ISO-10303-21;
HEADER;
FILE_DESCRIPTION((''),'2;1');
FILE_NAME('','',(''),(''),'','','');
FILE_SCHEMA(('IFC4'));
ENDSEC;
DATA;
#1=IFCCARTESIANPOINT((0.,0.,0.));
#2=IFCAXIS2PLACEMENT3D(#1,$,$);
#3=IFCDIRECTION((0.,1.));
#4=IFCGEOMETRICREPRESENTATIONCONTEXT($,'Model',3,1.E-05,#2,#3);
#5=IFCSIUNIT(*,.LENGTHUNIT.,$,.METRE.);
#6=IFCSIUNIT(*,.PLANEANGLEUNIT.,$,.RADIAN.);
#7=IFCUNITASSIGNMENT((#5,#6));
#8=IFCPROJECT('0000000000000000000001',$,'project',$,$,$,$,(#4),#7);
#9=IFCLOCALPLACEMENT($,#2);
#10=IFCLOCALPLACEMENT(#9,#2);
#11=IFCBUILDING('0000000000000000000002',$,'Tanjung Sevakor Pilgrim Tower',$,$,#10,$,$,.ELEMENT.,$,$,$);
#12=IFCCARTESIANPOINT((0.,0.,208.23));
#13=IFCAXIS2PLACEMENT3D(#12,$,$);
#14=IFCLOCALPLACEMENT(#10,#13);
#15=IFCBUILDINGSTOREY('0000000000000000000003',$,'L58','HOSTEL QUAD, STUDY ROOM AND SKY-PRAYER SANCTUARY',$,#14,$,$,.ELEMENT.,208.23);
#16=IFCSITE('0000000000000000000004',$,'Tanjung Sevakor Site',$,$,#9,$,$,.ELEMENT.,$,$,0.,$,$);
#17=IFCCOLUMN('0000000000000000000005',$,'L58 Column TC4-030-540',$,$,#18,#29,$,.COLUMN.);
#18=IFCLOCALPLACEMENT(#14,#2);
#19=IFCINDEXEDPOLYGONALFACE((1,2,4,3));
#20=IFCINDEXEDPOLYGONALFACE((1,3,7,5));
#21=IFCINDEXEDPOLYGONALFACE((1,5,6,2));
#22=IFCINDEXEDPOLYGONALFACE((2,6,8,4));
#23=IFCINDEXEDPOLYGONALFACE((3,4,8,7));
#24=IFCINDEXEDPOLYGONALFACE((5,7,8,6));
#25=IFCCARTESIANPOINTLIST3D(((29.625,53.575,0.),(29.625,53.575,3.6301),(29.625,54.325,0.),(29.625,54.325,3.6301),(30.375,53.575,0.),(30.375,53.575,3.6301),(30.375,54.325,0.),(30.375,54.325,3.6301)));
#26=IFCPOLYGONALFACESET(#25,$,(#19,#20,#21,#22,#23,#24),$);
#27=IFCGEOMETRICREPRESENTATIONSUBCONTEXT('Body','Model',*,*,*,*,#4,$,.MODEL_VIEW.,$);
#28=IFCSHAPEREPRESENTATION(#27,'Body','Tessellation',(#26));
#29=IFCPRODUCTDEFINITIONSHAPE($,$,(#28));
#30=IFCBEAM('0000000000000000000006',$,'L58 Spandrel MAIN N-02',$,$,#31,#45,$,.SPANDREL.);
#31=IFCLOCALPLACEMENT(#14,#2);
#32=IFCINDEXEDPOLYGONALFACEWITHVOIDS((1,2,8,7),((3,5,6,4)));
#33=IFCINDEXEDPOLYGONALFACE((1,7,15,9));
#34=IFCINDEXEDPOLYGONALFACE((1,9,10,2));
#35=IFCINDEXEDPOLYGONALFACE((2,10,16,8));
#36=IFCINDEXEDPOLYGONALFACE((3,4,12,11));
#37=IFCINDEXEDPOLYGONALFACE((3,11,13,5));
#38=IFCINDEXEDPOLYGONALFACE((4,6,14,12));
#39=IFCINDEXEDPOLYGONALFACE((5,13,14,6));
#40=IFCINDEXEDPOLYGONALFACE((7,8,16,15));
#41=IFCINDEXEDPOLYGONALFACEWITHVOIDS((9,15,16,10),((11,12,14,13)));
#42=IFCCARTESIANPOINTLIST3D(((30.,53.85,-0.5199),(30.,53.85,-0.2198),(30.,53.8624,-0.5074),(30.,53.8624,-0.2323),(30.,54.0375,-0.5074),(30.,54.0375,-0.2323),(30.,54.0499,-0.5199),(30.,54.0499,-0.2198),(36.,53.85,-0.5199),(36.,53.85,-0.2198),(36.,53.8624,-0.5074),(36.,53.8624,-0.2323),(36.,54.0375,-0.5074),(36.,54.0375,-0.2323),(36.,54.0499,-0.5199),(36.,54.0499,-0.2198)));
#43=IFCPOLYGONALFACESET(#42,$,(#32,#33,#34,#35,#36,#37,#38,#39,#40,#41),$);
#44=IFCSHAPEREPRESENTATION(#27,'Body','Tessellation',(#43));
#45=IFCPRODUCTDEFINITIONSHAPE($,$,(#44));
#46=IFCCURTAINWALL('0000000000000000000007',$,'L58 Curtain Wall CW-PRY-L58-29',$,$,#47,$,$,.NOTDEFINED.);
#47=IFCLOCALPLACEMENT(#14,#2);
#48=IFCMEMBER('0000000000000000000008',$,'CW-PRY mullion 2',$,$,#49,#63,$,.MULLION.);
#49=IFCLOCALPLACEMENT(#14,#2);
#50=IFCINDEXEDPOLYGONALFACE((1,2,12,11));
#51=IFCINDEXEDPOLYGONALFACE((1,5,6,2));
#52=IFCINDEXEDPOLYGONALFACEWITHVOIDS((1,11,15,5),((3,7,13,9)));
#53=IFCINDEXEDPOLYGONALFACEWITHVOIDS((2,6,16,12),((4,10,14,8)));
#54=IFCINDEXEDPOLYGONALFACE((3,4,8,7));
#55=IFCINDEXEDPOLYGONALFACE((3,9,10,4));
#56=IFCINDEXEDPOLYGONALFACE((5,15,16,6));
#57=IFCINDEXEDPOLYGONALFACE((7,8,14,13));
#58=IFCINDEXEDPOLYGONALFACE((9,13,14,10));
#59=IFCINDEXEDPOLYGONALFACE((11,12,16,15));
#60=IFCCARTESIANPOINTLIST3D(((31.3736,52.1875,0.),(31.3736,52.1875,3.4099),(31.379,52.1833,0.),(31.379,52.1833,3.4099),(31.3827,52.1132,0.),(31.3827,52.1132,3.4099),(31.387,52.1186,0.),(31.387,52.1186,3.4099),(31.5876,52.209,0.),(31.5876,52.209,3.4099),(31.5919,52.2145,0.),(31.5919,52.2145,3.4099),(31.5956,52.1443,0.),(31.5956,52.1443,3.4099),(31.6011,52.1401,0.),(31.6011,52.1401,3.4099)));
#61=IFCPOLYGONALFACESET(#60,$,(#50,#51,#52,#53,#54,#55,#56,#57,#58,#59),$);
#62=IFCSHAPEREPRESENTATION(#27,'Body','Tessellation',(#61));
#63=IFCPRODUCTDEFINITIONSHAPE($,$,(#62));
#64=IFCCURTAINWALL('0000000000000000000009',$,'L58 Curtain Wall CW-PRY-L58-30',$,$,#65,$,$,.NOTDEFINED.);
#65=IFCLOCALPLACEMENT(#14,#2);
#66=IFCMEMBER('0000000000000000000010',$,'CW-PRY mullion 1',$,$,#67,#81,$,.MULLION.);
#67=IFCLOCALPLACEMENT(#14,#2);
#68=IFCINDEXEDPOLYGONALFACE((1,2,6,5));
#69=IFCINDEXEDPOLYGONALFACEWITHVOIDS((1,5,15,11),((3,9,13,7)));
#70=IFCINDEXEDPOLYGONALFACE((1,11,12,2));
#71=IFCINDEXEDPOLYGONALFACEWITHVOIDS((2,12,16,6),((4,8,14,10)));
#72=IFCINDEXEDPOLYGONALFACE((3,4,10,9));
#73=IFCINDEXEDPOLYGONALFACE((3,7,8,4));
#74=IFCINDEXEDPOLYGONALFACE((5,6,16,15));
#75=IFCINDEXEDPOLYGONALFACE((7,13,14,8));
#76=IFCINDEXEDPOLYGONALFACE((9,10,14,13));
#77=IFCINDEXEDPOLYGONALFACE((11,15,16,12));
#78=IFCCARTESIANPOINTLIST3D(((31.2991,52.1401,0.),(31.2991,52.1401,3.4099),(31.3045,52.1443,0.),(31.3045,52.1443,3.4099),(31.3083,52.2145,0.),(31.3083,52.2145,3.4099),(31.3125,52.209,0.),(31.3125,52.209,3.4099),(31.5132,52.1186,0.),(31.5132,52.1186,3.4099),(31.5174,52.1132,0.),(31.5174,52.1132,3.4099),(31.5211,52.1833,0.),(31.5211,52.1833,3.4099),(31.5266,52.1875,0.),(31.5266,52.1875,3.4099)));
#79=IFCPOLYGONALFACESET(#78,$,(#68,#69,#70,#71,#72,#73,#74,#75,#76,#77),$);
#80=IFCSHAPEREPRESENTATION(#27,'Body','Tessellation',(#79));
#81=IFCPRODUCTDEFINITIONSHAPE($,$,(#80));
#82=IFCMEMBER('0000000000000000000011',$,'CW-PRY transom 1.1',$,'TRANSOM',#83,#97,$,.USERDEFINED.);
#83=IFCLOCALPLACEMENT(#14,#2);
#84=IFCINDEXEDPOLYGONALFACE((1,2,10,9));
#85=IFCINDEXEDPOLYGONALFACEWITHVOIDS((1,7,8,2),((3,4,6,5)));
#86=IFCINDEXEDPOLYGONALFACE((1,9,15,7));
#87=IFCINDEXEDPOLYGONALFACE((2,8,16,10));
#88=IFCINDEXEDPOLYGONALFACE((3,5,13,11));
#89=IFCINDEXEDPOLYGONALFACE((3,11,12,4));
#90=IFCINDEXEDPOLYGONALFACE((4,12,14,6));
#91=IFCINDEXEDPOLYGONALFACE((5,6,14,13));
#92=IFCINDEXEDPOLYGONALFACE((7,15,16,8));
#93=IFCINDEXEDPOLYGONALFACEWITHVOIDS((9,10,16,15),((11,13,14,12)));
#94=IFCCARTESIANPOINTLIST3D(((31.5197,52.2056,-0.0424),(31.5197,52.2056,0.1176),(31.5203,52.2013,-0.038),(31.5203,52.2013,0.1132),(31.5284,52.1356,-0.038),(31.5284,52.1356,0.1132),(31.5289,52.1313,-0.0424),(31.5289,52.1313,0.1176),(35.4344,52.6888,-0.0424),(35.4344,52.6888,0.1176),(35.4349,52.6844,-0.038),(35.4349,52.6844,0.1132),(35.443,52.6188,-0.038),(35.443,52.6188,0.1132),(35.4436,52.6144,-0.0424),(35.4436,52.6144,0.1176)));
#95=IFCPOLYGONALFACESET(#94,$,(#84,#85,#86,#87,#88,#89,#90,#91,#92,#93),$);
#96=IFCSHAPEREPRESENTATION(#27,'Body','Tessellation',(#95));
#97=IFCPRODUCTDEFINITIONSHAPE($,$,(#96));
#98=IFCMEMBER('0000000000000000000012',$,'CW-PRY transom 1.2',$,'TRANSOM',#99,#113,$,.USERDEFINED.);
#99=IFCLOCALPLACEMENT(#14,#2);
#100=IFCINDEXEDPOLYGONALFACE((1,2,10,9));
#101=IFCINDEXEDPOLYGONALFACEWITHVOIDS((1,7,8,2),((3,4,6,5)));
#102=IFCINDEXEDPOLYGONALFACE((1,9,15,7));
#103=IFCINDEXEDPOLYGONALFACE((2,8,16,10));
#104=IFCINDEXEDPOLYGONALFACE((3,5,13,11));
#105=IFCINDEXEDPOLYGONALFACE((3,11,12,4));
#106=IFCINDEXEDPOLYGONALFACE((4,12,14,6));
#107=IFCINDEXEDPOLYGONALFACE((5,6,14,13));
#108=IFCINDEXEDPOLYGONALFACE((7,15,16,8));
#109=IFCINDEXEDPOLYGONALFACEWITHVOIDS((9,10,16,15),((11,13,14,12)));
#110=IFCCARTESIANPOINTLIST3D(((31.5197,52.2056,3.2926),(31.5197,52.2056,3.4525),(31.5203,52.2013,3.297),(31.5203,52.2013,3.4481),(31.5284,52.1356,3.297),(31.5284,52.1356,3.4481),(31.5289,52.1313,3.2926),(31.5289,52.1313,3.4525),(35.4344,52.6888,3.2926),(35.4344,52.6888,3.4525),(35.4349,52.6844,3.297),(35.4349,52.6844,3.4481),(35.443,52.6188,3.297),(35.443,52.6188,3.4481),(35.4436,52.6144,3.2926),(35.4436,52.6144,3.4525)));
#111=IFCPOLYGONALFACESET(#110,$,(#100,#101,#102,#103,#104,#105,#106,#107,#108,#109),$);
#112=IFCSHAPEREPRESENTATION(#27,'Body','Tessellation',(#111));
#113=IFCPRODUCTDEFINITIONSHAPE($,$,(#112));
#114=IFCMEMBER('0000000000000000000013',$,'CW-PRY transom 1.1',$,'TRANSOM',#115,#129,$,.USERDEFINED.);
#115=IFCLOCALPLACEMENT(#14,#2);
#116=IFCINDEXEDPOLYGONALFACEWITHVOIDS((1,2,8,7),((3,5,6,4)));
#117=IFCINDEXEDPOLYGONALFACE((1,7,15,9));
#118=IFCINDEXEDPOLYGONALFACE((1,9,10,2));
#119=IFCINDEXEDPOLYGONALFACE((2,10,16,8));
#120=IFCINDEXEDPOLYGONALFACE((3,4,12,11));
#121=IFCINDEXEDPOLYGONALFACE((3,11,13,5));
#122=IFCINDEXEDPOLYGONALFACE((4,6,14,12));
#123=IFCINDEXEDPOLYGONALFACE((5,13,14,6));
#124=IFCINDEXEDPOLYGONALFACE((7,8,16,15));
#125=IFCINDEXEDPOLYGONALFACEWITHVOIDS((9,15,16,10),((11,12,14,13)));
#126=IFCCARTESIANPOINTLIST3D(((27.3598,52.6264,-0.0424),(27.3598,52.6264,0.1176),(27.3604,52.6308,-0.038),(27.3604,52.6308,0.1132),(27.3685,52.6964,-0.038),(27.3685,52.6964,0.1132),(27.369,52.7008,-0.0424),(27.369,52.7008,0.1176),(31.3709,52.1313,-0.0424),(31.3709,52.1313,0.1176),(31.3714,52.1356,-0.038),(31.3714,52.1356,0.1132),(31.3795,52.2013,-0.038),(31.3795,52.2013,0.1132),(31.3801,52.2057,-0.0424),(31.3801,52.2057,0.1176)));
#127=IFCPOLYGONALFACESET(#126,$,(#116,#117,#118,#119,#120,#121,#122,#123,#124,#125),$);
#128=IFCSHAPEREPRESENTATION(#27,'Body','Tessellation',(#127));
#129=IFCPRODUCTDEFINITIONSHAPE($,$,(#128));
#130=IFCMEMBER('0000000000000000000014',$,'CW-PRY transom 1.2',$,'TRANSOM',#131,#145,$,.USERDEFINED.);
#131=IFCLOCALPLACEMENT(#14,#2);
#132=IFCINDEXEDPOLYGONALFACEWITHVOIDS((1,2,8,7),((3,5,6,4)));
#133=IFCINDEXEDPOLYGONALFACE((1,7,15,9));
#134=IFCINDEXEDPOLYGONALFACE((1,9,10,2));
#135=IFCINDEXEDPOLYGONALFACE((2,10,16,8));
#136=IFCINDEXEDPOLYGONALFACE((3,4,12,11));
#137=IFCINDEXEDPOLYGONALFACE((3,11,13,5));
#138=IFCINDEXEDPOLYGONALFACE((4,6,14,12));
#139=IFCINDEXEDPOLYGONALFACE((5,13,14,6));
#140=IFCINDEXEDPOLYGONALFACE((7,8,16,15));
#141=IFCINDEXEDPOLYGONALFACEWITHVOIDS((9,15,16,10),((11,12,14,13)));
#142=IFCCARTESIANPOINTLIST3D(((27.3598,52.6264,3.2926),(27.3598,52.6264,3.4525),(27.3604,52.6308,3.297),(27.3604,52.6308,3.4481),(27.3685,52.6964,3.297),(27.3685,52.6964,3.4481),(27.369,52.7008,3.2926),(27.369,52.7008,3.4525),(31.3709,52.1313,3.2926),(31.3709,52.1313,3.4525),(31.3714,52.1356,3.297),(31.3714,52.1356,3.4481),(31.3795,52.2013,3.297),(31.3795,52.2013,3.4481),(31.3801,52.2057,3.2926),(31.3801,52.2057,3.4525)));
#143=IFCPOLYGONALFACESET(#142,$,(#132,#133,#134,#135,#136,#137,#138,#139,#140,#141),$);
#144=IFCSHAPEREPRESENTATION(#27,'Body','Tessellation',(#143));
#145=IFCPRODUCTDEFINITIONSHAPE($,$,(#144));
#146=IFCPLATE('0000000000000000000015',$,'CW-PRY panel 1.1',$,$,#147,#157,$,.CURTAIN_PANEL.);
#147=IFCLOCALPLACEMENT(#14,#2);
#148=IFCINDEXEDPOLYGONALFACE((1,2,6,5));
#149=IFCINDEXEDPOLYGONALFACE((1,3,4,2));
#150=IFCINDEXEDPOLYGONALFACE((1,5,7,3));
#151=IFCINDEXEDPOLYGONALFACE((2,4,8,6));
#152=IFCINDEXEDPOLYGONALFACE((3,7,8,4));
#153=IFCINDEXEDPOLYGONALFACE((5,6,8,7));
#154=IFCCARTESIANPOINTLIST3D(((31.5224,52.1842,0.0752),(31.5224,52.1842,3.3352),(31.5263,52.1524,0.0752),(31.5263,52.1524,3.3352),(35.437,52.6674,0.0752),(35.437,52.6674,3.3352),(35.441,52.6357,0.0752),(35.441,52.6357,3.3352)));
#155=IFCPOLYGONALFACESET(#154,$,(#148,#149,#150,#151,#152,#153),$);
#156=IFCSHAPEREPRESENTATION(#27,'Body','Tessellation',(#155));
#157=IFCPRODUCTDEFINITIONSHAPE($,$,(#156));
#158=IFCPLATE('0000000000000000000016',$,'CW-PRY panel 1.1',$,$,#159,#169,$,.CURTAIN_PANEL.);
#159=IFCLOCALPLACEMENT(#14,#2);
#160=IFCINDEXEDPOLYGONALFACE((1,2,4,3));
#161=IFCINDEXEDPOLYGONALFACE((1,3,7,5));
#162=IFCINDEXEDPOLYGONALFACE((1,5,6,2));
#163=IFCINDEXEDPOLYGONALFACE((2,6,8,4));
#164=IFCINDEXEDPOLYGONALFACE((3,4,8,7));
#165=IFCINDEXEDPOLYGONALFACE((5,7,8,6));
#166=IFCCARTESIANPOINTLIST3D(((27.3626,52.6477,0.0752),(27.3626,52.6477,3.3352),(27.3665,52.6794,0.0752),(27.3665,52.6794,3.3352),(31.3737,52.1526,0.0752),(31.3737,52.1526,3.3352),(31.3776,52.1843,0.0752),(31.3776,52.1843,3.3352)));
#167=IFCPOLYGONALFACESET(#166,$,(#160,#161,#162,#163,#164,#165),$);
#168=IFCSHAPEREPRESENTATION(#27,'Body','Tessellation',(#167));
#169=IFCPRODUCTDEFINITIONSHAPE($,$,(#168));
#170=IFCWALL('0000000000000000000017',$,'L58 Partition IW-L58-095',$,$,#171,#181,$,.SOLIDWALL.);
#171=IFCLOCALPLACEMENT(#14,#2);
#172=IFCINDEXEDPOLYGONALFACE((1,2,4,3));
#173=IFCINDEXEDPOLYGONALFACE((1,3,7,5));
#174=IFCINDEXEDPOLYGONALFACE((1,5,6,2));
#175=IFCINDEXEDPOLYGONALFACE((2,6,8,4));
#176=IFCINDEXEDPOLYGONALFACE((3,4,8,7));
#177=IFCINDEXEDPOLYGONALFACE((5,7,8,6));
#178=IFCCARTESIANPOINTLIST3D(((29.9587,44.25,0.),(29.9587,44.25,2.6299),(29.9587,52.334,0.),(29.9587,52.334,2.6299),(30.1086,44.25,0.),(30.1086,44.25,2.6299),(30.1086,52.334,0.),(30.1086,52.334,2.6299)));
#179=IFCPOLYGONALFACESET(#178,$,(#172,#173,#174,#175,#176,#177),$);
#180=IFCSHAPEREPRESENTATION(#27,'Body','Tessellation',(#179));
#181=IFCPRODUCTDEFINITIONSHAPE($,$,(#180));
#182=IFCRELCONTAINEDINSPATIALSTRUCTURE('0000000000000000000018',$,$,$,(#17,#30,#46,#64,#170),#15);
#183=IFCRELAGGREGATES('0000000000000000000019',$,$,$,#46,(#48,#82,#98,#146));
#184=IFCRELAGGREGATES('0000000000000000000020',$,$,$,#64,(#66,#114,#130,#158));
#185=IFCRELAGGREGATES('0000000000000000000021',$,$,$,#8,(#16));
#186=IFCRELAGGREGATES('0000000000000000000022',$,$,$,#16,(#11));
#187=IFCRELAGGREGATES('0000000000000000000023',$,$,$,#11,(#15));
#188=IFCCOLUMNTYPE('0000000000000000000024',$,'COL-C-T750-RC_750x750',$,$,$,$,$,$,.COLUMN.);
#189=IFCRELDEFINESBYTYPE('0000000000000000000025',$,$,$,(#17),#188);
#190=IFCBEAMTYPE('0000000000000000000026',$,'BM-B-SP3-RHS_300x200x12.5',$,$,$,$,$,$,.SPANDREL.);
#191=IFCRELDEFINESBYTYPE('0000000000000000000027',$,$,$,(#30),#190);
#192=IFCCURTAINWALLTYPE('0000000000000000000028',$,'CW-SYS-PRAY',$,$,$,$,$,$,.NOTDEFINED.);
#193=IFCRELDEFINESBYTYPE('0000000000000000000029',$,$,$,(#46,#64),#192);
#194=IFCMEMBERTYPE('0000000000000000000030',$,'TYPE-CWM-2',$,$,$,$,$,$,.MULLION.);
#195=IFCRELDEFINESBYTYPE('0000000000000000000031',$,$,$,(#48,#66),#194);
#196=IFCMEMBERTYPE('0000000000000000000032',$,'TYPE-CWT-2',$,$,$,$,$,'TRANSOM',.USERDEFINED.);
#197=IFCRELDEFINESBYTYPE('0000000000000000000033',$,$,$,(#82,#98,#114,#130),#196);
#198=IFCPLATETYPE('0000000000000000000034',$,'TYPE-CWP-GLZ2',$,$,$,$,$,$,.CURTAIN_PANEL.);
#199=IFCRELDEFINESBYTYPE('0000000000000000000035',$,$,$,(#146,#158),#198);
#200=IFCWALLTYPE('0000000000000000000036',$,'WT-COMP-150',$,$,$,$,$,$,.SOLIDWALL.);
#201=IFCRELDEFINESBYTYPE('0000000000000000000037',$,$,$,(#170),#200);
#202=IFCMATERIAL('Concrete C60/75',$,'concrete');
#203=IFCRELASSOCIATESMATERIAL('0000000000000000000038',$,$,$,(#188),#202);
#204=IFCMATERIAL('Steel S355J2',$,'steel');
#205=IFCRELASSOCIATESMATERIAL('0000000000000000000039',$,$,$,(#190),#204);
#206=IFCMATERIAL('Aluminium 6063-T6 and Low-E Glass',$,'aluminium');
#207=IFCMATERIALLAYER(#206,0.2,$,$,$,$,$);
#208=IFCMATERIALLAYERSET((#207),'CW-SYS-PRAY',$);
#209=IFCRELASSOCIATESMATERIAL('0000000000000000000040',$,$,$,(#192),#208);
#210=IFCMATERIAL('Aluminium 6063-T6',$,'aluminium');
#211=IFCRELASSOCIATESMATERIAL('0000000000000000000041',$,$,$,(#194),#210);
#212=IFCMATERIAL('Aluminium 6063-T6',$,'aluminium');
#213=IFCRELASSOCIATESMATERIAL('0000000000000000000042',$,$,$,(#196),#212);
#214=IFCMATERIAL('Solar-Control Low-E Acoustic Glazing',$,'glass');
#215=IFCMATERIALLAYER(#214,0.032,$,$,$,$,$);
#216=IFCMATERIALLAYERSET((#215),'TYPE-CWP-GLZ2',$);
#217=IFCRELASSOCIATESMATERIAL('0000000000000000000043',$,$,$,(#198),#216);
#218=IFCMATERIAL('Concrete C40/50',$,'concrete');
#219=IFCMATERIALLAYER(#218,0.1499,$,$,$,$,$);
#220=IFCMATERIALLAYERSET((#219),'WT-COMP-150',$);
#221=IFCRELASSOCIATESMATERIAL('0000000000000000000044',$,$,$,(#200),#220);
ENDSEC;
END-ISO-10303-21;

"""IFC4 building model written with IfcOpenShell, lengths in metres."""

from ifc_helpers import new_model, si_unit, direction, frame, frame_2d, origin, origin_2d, place, context, subcontext, project, spatial, rectangle, hollow_rectangle, extrude, material, layer, layer_set, material_profile, profile_set, type_object, element, aggregate, save


model = new_model("IFC4")

# Units and contexts
model_context = context("Model", 3, precision=1e-05, world=origin(), true_north=direction((0.0, 1.0)))
body_context = subcontext(model_context, "Body", "Model", "MODEL_VIEW")
ifc_project = project(units=[si_unit("LENGTHUNIT", "METRE"), si_unit("PLANEANGLEUNIT", "RADIAN")], contexts=[model_context])

# Site, building, storey
site_placement = place(None, origin())
site = spatial("IfcSite", under=ifc_project, at=site_placement, Name="Tanjung Sevakor Site", CompositionType="ELEMENT", RefElevation=0.0)
building_placement = place(site_placement, origin())
building = spatial("IfcBuilding", under=site, at=building_placement, Name="Tanjung Sevakor Pilgrim Tower", CompositionType="ELEMENT")
storey_placement = place(building_placement, frame((0.0, 0.0, 208.23)))
storey = spatial("IfcBuildingStorey", under=building, at=storey_placement, Name="L58", Description="HOSTEL QUAD, STUDY ROOM AND SKY-PRAYER SANCTUARY", CompositionType="ELEMENT", Elevation=208.23)

# Column
ifc_material_1 = material(Name="Concrete C60/75", Category="concrete")
ifc_material_profile_1 = material_profile(ifc_material_1, rectangle(XDim=0.75, YDim=0.75, at=origin_2d()))
ifc_profile_set_1 = profile_set([ifc_material_profile_1], Name="Concrete C60/75")
column_type = type_object("IfcColumnType", Name="COL-C-T750-RC_750x750", PredefinedType="COLUMN", material=ifc_profile_set_1)
column_placement = place(storey_placement, frame((30.0, 53.95, 0.0), z_axis=(0.0, 0.0, 1.0), x_axis=(1.0, 0.0, 0.0)))
element("IfcColumn", 1, at=column_placement, inside=storey, type_object=column_type, Name="L58 Column TC4-030-540", PredefinedType="COLUMN", context=body_context, shape_type="SweptSolid", body=[
    extrude(rectangle(XDim=0.75, YDim=0.75, at=origin_2d()), origin(), (0.0, 0.0, 1.0), 3.6301),
])

# Beam
ifc_material_2 = material(Name="Steel S355J2", Category="steel")
ifc_material_profile_2 = material_profile(ifc_material_2, hollow_rectangle(XDim=0.2, YDim=0.3, WallThickness=0.0125, at=origin_2d()))
ifc_profile_set_2 = profile_set([ifc_material_profile_2], Name="Steel S355J2")
beam_type = type_object("IfcBeamType", Name="BM-B-SP3-RHS_300x200x12.5", PredefinedType="SPANDREL", material=ifc_profile_set_2)
beam_placement = place(storey_placement, frame((30.0, 53.95, -0.3699), z_axis=(1.0, 0.0, 0.0), x_axis=(0.0, 1.0, 0.0)))
element("IfcBeam", 2, at=beam_placement, inside=storey, type_object=beam_type, Name="L58 Spandrel MAIN N-02", PredefinedType="SPANDREL", context=body_context, shape_type="SweptSolid", body=[
    extrude(hollow_rectangle(XDim=0.2, YDim=0.3, WallThickness=0.0125, at=origin_2d()), origin(), (0.0, 0.0, 1.0), 6.0),
])

# Curtain walls, members
ifc_material_3 = material(Name="Aluminium 6063-T6 and Low-E Glass", Category="aluminium")
ifc_layer_1 = layer(ifc_material_3, 0.2)
ifc_layer_set_1 = layer_set([ifc_layer_1], Name="CW-SYS-PRAY")
curtain_wall_type = type_object("IfcCurtainWallType", Name="CW-SYS-PRAY", PredefinedType="NOTDEFINED", material=ifc_layer_set_1)
curtain_wall_1_placement = place(storey_placement, origin())
curtain_wall_1 = element("IfcCurtainWall", 3, at=curtain_wall_1_placement, inside=storey, type_object=curtain_wall_type, Name="L58 Curtain Wall CW-PRY-L58-29", PredefinedType="NOTDEFINED")
ifc_material_4 = material(Name="Aluminium 6063-T6", Category="aluminium")
ifc_material_profile_3 = material_profile(ifc_material_4, hollow_rectangle(XDim=0.075, YDim=0.22, WallThickness=0.0049, at=origin_2d()))
ifc_profile_set_3 = profile_set([ifc_material_profile_3], Name="Aluminium 6063-T6")
member_type_1 = type_object("IfcMemberType", Name="TYPE-CWM-2", PredefinedType="MULLION", material=ifc_profile_set_3)
member_1_placement = place(storey_placement, frame((31.4873, 52.1638, 0.0), z_axis=(0.0, 0.0, 1.0), x_axis=(0.122511, -0.992467, 0.0)))
member_1 = element("IfcMember", 4, at=member_1_placement, type_object=member_type_1, Name="CW-PRY mullion 2", PredefinedType="MULLION", context=body_context, shape_type="SweptSolid", body=[
    extrude(hollow_rectangle(XDim=0.075, YDim=0.22, WallThickness=0.0049, at=origin_2d()), origin(), (0.0, 0.0, 1.0), 3.4099),
])
curtain_wall_2_placement = place(storey_placement, origin())
curtain_wall_2 = element("IfcCurtainWall", 5, at=curtain_wall_2_placement, inside=storey, type_object=curtain_wall_type, Name="L58 Curtain Wall CW-PRY-L58-30", PredefinedType="NOTDEFINED")
member_2_placement = place(storey_placement, frame((31.4128, 52.1638, 0.0), z_axis=(0.0, 0.0, 1.0), x_axis=(-0.122508, -0.992468, 0.0)))
member_2 = element("IfcMember", 6, at=member_2_placement, type_object=member_type_1, Name="CW-PRY mullion 1", PredefinedType="MULLION", context=body_context, shape_type="SweptSolid", body=[
    extrude(hollow_rectangle(XDim=0.075, YDim=0.22, WallThickness=0.0049, at=origin_2d()), origin(), (0.0, 0.0, 1.0), 3.4099),
])

# Members
ifc_material_5 = material(Name="Aluminium 6063-T6", Category="aluminium")
ifc_material_profile_4 = material_profile(ifc_material_5, hollow_rectangle(XDim=0.075, YDim=0.1599, WallThickness=0.0044, at=origin_2d()))
ifc_profile_set_4 = profile_set([ifc_material_profile_4], Name="Aluminium 6063-T6")
member_type_2 = type_object("IfcMemberType", Name="TYPE-CWT-2", ElementType="TRANSOM", PredefinedType="USERDEFINED", material=ifc_profile_set_4)
member_3_placement = place(storey_placement, frame((35.439, 52.6516, 0.0376), z_axis=(-0.992469, -0.122496, 0.0), x_axis=(0.122496, -0.992469, 0.0)))
member_3 = element("IfcMember", 7, at=member_3_placement, type_object=member_type_2, Name="CW-PRY transom 1.1", ObjectType="TRANSOM", PredefinedType="USERDEFINED", context=body_context, shape_type="SweptSolid", body=[
    extrude(hollow_rectangle(XDim=0.075, YDim=0.1599, WallThickness=0.0044, at=origin_2d()), origin(), (0.0, 0.0, 1.0), 3.9443),
])
member_4_placement = place(storey_placement, frame((35.439, 52.6516, 3.3726), z_axis=(-0.992469, -0.122496, 0.0), x_axis=(0.122496, -0.992469, 0.0)))
member_4 = element("IfcMember", 8, at=member_4_placement, type_object=member_type_2, Name="CW-PRY transom 1.2", ObjectType="TRANSOM", PredefinedType="USERDEFINED", context=body_context, shape_type="SweptSolid", body=[
    extrude(hollow_rectangle(XDim=0.075, YDim=0.1599, WallThickness=0.0044, at=origin_2d()), origin(), (0.0, 0.0, 1.0), 3.9443),
])
member_5_placement = place(storey_placement, frame((31.3755, 52.1685, 0.0376), z_axis=(-0.992467, 0.12251, 0.0), x_axis=(-0.12251, -0.992467, 0.0)))
member_5 = element("IfcMember", 9, at=member_5_placement, type_object=member_type_2, Name="CW-PRY transom 1.1", ObjectType="TRANSOM", PredefinedType="USERDEFINED", context=body_context, shape_type="SweptSolid", body=[
    extrude(hollow_rectangle(XDim=0.075, YDim=0.1599, WallThickness=0.0044, at=origin_2d()), origin(), (0.0, 0.0, 1.0), 4.0415),
])
member_6_placement = place(storey_placement, frame((31.3755, 52.1685, 3.3726), z_axis=(-0.992467, 0.12251, 0.0), x_axis=(-0.12251, -0.992467, 0.0)))
member_6 = element("IfcMember", 10, at=member_6_placement, type_object=member_type_2, Name="CW-PRY transom 1.2", ObjectType="TRANSOM", PredefinedType="USERDEFINED", context=body_context, shape_type="SweptSolid", body=[
    extrude(hollow_rectangle(XDim=0.075, YDim=0.1599, WallThickness=0.0044, at=origin_2d()), origin(), (0.0, 0.0, 1.0), 4.0415),
])

# Plates
ifc_material_6 = material(Name="Solar-Control Low-E Acoustic Glazing", Category="glass")
ifc_layer_2 = layer(ifc_material_6, 0.032)
ifc_layer_set_2 = layer_set([ifc_layer_2], Name="TYPE-CWP-GLZ2")
plate_type = type_object("IfcPlateType", Name="TYPE-CWP-GLZ2", PredefinedType="CURTAIN_PANEL", material=ifc_layer_set_2)
plate_1_placement = place(storey_placement, frame((33.4817, 52.4099, 0.0752), z_axis=(0.0, 0.0, 1.0), x_axis=(-0.992467, -0.122511, 0.0)))
plate_1 = element("IfcPlate", 11, at=plate_1_placement, type_object=plate_type, Name="CW-PRY panel 1.1", PredefinedType="CURTAIN_PANEL", context=body_context, shape_type="SweptSolid", body=[
    extrude(rectangle(XDim=3.9443, YDim=0.032, at=origin_2d()), origin(), (0.0, 0.0, 1.0), 3.26),
])
aggregate(curtain_wall_1, [member_1, member_3, member_4, plate_1])
plate_2_placement = place(storey_placement, frame((29.3701, 52.416, 0.0752), z_axis=(0.0, 0.0, 1.0), x_axis=(-0.992468, 0.122508, 0.0)))
plate_2 = element("IfcPlate", 12, at=plate_2_placement, type_object=plate_type, Name="CW-PRY panel 1.1", PredefinedType="CURTAIN_PANEL", context=body_context, shape_type="SweptSolid", body=[
    extrude(rectangle(XDim=4.0415, YDim=0.032, at=origin_2d()), origin(), (0.0, 0.0, 1.0), 3.26),
])
aggregate(curtain_wall_2, [member_2, member_5, member_6, plate_2])

# Wall
ifc_material_7 = material(Name="Concrete C40/50", Category="concrete")
ifc_layer_3 = layer(ifc_material_7, 0.1499)
ifc_layer_set_3 = layer_set([ifc_layer_3], Name="WT-COMP-150")
wall_type_1 = type_object("IfcWallType", Name="WT-COMP-150", PredefinedType="SOLIDWALL", material=ifc_layer_set_3)
wall_1_placement = place(storey_placement, frame((30.0337, 44.25, 0.0), z_axis=(0.0, 0.0, 1.0), x_axis=(0.0, 1.0, 0.0)))
element("IfcWall", 13, at=wall_1_placement, inside=storey, type_object=wall_type_1, Name="L58 Partition IW-L58-095", PredefinedType="SOLIDWALL", context=body_context, shape_type="SweptSolid", body=[
    extrude(rectangle(XDim=8.084, YDim=0.1499, at=frame_2d((4.042, 0.0))), origin(), (0.0, 0.0, 1.0), 2.6299),
])

save(model, "model.ifc")
